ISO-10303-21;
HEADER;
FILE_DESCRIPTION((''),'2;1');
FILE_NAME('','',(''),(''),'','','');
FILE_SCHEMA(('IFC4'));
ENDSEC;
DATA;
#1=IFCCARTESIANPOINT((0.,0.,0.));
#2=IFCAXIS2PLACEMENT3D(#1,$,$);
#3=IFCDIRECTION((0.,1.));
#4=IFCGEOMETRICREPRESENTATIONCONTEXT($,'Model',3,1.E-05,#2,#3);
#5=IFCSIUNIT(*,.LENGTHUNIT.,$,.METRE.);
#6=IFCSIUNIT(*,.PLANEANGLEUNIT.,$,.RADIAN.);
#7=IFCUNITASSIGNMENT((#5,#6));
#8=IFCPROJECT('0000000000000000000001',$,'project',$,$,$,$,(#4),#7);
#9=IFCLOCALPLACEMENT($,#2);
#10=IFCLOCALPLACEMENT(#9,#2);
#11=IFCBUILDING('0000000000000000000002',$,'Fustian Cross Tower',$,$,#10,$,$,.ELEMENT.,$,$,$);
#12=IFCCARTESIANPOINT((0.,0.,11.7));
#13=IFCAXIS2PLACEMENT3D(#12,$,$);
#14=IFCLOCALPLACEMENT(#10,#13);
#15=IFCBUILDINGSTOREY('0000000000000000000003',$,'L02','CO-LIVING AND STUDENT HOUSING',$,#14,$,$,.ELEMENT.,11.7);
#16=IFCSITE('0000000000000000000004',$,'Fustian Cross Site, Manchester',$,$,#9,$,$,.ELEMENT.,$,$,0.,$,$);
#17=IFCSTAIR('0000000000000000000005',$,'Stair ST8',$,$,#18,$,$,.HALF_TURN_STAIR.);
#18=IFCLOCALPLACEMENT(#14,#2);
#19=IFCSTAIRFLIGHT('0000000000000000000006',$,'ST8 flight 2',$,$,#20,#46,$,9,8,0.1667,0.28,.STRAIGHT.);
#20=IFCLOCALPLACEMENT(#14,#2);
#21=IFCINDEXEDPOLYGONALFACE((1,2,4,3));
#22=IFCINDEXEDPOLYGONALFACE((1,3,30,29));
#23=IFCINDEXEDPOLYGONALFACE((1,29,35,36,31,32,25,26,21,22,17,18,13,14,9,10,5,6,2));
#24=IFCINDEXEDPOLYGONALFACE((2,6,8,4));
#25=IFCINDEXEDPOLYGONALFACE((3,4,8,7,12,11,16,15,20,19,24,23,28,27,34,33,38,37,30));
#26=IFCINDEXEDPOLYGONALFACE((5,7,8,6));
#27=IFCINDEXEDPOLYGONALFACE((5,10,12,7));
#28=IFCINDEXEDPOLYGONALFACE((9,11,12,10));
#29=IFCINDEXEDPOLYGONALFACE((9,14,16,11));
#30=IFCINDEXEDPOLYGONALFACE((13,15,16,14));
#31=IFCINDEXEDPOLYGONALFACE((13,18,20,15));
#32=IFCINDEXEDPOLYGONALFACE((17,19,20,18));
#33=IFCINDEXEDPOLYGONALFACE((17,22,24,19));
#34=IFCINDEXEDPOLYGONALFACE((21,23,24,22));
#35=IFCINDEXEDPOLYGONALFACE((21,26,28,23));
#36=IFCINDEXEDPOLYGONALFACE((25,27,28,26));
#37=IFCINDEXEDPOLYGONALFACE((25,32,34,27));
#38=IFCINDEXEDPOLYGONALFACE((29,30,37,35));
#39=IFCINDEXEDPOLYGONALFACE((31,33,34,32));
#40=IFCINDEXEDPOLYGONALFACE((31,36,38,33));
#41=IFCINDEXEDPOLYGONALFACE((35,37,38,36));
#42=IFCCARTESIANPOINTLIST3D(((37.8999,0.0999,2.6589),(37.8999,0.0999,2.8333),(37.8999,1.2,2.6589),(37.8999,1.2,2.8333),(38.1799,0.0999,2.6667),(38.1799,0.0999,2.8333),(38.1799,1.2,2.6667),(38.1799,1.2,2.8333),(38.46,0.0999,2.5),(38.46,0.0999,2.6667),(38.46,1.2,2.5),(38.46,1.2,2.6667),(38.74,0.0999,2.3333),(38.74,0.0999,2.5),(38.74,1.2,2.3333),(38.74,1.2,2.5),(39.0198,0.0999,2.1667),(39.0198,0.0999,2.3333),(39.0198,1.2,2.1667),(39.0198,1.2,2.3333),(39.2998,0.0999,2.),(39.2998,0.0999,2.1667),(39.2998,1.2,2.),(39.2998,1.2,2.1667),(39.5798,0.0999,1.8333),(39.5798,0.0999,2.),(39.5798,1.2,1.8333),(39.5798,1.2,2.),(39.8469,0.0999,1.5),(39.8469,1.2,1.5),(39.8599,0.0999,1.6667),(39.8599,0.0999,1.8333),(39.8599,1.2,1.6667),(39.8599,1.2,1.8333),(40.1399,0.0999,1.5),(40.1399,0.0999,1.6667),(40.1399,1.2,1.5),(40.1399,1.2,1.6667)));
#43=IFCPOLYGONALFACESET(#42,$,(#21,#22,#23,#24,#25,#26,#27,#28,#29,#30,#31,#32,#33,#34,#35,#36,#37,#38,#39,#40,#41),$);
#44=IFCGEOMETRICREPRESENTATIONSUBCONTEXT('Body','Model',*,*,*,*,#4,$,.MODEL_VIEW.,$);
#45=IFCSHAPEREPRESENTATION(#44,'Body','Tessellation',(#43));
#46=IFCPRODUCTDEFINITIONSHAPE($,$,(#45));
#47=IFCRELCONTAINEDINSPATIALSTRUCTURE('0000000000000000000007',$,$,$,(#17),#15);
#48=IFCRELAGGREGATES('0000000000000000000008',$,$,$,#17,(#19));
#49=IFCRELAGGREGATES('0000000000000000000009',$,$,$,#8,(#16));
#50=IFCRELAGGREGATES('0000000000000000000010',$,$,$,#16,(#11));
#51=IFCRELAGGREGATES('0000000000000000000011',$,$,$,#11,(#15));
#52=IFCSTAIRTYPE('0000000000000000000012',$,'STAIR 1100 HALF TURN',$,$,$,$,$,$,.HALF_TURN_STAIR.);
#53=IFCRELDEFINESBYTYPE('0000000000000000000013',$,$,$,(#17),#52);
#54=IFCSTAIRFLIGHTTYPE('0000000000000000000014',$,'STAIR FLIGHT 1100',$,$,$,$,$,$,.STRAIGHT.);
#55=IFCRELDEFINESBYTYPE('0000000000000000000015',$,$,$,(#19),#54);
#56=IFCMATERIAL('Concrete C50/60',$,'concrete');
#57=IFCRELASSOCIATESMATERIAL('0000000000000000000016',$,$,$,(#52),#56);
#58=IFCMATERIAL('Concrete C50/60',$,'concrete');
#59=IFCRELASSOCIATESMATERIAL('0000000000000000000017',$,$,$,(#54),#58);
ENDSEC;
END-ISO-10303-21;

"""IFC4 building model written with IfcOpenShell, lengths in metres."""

from ifc_helpers import new_model, si_unit, direction, frame, origin, place, context, subcontext, project, spatial, polyline, outline, extrude, material, type_object, element, aggregate, save


model = new_model("IFC4")

# Units and contexts
model_context = context("Model", 3, precision=1e-05, world=origin(), true_north=direction((0.0, 1.0)))
body_context = subcontext(model_context, "Body", "Model", "MODEL_VIEW")
ifc_project = project(units=[si_unit("LENGTHUNIT", "METRE"), si_unit("PLANEANGLEUNIT", "RADIAN")], contexts=[model_context])

# Site, building, storey
site_placement = place(None, origin())
site = spatial("IfcSite", under=ifc_project, at=site_placement, Name="Fustian Cross Site, Manchester", CompositionType="ELEMENT", RefElevation=0.0)
building_placement = place(site_placement, origin())
building = spatial("IfcBuilding", under=site, at=building_placement, Name="Fustian Cross Tower", CompositionType="ELEMENT")
storey_placement = place(building_placement, frame((0.0, 0.0, 11.7)))
storey = spatial("IfcBuildingStorey", under=building, at=storey_placement, Name="L02", Description="CO-LIVING AND STUDENT HOUSING", CompositionType="ELEMENT", Elevation=11.7)

# Stair, stair flight
ifc_material_1 = material(Name="Concrete C50/60", Category="concrete")
stair_type = type_object("IfcStairType", Name="STAIR 1100 HALF TURN", PredefinedType="HALF_TURN_STAIR", material=ifc_material_1)
stair_placement = place(storey_placement, origin())
stair = element("IfcStair", 1, at=stair_placement, inside=storey, type_object=stair_type, Name="Stair ST8", PredefinedType="HALF_TURN_STAIR")
ifc_material_2 = material(Name="Concrete C50/60", Category="concrete")
stair_flight_type = type_object("IfcStairFlightType", Name="STAIR FLIGHT 1100", PredefinedType="STRAIGHT", material=ifc_material_2)
stair_flight_placement = place(storey_placement, frame((40.1399, 0.6499, 1.5), z_axis=(0.0, 0.0, 1.0), x_axis=(-1.0, 0.0, 0.0)))
stair_flight = element("IfcStairFlight", 2, at=stair_flight_placement, type_object=stair_flight_type, Name="ST8 flight 2", NumberOfRisers=9, NumberOfTreads=8, PredefinedType="STRAIGHT", RiserHeight=0.1667, TreadLength=0.28, context=body_context, shape_type="SweptSolid", body=[
    extrude(outline(polyline([(0.0, 0.0), (0.0, 0.1667), (0.28, 0.1667), (0.28, 0.3333), (0.5601, 0.3333), (0.5601, 0.5), (0.8401, 0.5), (0.8401, 0.6667), (1.1201, 0.6667), (1.1201, 0.8333), (1.3999, 0.8333), (1.3999, 1.0), (1.6799, 1.0), (1.6799, 1.1667), (1.96, 1.1667), (1.96, 1.3333), (2.24, 1.3333), (2.24, 1.5), (2.24, 1.1589), (0.293, 0.0), (0.0, 0.0)])), frame((0.0, 0.55, 0.0), z_axis=(0.0, -1.0, 0.0), x_axis=(1.0, 0.0, 0.0)), (0.0, 0.0, 1.0), 1.1001),
])
aggregate(stair, [stair_flight])

save(model, "model.ifc")
